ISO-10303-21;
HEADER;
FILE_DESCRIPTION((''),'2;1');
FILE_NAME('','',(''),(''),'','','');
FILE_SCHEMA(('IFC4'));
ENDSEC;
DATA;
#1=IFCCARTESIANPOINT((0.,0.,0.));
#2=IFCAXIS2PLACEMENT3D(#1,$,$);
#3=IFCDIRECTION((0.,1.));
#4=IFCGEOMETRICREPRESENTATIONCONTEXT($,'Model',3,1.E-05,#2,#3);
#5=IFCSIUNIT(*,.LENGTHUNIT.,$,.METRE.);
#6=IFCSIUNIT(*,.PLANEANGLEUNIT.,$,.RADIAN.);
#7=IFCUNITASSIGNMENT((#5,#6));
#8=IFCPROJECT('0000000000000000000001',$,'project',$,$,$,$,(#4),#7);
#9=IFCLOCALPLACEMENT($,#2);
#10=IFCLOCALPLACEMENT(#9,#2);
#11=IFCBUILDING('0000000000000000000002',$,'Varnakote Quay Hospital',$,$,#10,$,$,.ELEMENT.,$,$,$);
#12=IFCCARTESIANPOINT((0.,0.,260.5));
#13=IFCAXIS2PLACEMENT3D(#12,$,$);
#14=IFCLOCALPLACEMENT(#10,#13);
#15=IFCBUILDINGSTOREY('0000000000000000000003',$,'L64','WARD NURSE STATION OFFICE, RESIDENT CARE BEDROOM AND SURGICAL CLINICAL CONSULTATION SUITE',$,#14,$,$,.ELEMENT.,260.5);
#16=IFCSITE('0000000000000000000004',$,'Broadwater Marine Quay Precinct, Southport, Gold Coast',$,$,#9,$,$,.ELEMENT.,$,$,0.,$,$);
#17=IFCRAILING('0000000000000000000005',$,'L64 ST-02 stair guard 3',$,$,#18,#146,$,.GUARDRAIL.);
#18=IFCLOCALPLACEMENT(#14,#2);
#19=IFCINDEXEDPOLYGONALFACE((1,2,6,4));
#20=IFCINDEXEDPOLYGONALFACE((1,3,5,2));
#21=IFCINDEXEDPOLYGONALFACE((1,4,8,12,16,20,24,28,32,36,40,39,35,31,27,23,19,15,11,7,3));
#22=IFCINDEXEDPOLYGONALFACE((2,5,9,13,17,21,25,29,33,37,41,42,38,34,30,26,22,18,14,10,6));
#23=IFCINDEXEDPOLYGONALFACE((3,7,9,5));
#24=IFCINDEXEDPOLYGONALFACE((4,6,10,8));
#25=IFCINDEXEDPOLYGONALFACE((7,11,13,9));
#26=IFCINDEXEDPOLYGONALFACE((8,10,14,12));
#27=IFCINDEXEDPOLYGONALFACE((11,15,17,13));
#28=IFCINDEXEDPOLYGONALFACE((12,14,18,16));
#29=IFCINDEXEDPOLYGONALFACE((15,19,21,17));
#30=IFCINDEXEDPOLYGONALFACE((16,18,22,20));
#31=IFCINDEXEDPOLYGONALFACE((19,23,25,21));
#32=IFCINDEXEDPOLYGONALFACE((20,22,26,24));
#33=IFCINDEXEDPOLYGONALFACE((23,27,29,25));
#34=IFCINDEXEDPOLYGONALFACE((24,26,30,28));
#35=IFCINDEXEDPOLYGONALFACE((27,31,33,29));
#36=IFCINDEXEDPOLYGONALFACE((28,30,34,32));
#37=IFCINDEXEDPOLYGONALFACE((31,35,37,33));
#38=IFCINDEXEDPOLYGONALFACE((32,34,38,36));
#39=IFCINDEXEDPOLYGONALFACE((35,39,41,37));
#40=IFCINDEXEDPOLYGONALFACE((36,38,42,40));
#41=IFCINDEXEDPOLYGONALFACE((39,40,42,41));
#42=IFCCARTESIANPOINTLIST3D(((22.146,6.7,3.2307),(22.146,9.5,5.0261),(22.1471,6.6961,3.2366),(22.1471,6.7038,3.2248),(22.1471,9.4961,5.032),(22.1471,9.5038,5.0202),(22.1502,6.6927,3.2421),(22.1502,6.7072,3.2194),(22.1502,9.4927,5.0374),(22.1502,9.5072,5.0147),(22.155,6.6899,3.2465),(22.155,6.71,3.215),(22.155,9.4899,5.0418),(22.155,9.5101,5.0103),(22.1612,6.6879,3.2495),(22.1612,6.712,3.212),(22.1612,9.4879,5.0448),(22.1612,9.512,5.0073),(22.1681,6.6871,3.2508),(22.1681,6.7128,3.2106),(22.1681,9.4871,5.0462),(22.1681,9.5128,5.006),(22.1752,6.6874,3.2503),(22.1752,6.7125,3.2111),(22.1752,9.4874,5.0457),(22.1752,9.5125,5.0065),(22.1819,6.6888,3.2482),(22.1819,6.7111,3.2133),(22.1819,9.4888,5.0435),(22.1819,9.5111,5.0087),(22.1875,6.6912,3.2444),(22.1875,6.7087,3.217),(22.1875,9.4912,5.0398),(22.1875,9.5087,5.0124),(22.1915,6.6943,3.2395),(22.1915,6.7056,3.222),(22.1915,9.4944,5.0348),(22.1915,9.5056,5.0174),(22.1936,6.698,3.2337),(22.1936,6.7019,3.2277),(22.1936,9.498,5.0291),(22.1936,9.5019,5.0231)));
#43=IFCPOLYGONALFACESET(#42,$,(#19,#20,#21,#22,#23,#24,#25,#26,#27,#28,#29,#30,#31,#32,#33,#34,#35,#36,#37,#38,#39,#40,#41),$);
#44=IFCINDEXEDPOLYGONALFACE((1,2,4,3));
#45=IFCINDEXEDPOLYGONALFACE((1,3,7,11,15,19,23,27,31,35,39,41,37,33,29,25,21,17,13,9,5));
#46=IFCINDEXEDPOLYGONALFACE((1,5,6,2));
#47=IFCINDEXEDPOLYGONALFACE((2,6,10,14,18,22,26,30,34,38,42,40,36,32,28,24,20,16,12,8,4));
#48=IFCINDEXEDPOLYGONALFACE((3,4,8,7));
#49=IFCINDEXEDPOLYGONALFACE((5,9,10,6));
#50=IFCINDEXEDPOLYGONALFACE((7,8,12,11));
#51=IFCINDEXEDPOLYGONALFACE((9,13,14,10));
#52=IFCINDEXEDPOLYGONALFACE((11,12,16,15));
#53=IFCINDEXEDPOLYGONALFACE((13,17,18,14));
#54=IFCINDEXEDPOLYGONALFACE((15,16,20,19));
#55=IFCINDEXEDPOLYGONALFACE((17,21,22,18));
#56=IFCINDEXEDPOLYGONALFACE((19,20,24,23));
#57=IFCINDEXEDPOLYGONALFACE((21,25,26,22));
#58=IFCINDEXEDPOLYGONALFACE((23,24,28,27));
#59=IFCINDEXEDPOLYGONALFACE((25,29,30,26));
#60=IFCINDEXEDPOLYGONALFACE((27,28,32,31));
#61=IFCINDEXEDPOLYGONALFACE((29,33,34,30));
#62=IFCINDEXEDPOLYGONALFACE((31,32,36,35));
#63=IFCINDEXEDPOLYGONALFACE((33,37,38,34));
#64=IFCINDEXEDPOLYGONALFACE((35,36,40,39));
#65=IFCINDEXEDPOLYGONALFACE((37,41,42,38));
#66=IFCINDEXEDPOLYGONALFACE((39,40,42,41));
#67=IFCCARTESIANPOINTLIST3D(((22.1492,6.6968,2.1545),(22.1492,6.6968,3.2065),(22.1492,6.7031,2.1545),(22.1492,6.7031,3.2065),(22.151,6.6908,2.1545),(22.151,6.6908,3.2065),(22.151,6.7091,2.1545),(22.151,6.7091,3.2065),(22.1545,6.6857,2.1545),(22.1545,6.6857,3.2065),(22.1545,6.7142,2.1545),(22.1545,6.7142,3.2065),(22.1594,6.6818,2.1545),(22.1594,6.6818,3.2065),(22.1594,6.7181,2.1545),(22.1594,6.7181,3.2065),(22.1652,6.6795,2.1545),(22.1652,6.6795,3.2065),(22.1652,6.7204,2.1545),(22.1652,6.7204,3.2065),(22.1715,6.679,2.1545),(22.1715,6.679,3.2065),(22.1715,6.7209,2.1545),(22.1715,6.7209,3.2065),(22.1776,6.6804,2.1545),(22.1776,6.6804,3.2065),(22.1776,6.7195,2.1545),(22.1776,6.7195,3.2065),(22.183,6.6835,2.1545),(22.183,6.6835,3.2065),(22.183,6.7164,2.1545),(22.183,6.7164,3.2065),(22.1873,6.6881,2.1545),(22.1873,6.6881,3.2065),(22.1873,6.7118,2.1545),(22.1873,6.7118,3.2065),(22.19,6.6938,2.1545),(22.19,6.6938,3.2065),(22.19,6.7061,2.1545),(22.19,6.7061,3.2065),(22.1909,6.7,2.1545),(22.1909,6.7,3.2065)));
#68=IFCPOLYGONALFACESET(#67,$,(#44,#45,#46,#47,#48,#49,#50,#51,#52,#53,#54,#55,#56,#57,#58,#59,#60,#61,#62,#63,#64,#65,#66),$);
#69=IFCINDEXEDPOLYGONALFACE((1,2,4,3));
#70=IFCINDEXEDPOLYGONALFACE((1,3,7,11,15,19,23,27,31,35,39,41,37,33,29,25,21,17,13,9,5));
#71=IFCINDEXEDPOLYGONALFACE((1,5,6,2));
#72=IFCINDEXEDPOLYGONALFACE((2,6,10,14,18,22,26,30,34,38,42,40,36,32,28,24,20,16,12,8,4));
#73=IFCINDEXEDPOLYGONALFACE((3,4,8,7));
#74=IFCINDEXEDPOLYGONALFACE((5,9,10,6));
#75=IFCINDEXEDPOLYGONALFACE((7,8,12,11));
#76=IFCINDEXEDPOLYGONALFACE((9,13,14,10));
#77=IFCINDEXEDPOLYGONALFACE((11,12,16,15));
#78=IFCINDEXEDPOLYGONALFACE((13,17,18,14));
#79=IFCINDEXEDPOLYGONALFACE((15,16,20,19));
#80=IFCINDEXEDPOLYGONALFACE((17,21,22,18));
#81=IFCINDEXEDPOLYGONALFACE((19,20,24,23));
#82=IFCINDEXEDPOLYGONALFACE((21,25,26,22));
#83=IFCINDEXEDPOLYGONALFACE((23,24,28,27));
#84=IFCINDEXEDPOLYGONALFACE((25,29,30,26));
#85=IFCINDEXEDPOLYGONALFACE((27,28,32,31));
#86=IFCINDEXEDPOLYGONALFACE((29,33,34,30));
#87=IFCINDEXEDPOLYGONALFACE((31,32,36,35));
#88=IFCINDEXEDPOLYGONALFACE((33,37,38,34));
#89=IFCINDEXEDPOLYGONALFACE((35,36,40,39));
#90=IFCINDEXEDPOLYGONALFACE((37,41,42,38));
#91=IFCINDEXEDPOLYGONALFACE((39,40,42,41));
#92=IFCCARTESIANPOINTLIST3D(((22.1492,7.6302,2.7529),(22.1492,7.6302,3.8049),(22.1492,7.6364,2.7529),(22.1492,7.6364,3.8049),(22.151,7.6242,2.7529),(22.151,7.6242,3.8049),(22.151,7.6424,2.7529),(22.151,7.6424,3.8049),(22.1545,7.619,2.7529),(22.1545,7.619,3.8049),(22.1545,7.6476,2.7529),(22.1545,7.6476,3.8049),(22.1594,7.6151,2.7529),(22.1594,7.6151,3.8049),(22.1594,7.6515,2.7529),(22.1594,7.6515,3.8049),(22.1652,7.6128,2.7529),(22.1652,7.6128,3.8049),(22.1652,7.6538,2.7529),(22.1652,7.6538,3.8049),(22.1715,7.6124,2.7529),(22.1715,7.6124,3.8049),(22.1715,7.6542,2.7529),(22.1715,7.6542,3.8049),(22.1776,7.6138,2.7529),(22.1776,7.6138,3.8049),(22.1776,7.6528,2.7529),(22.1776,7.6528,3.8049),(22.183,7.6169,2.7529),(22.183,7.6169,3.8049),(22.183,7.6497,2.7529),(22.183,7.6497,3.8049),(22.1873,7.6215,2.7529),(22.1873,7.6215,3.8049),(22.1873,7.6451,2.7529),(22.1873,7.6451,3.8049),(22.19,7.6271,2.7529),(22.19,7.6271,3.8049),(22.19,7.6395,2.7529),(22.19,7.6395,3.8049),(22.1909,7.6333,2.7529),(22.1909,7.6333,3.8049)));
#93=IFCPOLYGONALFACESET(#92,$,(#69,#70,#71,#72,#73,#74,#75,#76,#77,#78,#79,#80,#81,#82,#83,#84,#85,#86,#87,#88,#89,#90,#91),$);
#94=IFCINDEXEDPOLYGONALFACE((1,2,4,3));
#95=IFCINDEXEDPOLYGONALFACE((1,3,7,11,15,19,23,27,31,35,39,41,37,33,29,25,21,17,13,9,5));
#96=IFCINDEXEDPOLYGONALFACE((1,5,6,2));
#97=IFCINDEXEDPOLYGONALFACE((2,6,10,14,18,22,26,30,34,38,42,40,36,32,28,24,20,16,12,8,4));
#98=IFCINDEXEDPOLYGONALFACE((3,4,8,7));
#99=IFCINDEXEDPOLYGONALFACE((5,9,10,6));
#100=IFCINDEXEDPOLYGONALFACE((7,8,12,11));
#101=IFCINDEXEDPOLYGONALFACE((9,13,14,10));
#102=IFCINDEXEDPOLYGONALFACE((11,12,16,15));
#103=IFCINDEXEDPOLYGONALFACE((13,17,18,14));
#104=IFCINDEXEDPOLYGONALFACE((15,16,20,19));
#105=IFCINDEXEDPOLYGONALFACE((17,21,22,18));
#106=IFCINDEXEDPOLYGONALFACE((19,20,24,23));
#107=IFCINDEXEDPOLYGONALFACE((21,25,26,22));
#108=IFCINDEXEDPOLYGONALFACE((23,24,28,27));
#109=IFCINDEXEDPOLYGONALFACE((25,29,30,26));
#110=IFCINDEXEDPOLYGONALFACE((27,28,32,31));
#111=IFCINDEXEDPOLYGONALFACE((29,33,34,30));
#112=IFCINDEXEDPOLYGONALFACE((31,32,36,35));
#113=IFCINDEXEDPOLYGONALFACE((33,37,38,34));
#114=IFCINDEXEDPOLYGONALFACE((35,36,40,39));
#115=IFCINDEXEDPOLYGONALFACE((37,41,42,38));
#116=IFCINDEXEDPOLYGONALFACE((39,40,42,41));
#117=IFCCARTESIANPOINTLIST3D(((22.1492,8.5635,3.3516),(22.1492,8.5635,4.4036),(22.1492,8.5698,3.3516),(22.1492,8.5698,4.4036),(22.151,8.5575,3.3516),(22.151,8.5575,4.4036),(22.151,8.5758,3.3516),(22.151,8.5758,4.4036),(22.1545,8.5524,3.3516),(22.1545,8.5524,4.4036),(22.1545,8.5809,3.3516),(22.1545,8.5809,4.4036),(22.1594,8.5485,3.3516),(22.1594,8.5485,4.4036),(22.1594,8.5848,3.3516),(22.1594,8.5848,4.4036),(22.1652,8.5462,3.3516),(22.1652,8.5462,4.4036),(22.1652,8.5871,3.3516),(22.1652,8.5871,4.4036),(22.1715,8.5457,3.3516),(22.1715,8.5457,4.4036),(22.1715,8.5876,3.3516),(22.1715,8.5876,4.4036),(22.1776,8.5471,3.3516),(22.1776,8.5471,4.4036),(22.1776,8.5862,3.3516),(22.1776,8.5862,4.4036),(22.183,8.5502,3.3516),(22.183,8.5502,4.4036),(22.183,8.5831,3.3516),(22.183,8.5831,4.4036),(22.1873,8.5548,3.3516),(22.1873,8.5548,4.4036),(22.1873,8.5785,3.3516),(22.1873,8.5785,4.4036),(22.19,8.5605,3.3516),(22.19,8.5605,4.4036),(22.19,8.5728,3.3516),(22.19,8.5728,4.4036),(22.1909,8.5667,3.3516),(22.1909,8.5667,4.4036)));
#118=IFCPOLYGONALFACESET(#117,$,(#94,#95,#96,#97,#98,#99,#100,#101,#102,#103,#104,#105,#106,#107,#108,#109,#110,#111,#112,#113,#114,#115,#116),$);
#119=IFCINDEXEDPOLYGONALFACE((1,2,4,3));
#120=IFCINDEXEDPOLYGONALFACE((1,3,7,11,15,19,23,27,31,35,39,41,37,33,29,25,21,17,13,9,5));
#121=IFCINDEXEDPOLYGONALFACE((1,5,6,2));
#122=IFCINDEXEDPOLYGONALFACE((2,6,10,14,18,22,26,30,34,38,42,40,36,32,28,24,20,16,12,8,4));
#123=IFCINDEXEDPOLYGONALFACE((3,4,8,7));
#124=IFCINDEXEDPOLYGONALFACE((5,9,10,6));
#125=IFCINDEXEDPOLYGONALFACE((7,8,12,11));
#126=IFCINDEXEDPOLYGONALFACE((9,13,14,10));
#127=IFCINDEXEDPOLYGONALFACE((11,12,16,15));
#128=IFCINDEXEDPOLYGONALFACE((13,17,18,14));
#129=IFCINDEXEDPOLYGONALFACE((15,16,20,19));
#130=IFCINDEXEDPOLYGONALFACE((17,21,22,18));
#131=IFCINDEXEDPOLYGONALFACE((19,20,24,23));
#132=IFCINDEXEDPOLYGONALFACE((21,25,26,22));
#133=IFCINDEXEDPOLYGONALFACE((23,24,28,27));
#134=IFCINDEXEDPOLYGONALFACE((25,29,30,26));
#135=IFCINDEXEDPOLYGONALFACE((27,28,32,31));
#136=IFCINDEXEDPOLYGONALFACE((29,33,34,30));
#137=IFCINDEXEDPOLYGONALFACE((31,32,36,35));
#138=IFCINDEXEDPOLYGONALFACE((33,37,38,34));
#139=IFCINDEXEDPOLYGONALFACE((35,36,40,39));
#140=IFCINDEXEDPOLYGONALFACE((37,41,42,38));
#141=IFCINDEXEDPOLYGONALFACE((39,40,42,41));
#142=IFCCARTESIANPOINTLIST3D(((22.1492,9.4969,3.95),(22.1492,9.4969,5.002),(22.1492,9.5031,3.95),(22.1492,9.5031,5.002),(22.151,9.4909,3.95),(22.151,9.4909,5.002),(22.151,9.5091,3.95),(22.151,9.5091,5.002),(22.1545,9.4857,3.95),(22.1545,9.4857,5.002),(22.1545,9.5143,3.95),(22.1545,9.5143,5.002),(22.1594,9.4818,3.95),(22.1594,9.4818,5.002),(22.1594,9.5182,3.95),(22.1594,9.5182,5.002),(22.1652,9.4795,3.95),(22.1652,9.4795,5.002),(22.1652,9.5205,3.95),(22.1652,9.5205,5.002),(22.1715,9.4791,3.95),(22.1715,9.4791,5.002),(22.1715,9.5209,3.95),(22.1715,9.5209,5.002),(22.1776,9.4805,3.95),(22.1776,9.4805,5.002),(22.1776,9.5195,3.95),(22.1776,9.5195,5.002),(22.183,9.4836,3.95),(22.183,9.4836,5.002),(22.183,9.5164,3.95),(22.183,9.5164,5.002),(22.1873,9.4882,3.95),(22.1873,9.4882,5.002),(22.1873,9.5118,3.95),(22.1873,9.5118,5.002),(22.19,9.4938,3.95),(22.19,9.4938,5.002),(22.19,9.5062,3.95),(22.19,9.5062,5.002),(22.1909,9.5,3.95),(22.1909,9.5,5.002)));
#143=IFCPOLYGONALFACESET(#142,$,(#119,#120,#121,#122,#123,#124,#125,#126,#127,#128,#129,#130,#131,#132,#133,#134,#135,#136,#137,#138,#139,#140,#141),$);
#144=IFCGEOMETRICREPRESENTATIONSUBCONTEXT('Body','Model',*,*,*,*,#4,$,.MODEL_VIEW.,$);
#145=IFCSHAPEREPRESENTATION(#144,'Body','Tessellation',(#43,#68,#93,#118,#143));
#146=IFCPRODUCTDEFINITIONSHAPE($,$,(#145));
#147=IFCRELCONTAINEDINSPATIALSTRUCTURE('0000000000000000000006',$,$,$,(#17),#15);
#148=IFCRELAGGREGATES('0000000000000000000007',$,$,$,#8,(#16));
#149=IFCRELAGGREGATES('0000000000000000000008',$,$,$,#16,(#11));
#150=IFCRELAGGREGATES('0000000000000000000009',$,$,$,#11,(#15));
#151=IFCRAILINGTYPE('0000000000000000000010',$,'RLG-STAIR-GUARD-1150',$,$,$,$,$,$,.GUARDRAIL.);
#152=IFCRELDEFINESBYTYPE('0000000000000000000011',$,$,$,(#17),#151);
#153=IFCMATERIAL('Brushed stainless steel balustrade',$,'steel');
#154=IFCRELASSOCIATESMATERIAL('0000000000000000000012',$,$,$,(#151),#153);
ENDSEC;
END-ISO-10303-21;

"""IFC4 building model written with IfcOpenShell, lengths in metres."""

from ifc_helpers import new_model, si_unit, direction, frame, origin, origin_2d, place, context, subcontext, project, spatial, circle, extrude, material, type_object, element, save


model = new_model("IFC4")

# Units and contexts
model_context = context("Model", 3, precision=1e-05, world=origin(), true_north=direction((0.0, 1.0)))
body_context = subcontext(model_context, "Body", "Model", "MODEL_VIEW")
ifc_project = project(units=[si_unit("LENGTHUNIT", "METRE"), si_unit("PLANEANGLEUNIT", "RADIAN")], contexts=[model_context])

# Site, building, storey
site_placement = place(None, origin())
site = spatial("IfcSite", under=ifc_project, at=site_placement, Name="Broadwater Marine Quay Precinct, Southport, Gold Coast", CompositionType="ELEMENT", RefElevation=0.0)
building_placement = place(site_placement, origin())
building = spatial("IfcBuilding", under=site, at=building_placement, Name="Varnakote Quay Hospital", CompositionType="ELEMENT")
storey_placement = place(building_placement, frame((0.0, 0.0, 260.5)))
storey = spatial("IfcBuildingStorey", under=building, at=storey_placement, Name="L64", Description="WARD NURSE STATION OFFICE, RESIDENT CARE BEDROOM AND SURGICAL CLINICAL CONSULTATION SUITE", CompositionType="ELEMENT", Elevation=260.5)

# Railing
ifc_material_1 = material(Name="Brushed stainless steel balustrade", Category="steel")
railing_type_1 = type_object("IfcRailingType", Name="RLG-STAIR-GUARD-1150", PredefinedType="GUARDRAIL", material=ifc_material_1)
railing_1_placement = place(storey_placement, frame((22.1699, 6.7, 2.1545)))
element("IfcRailing", 1, at=railing_1_placement, inside=storey, type_object=railing_type_1, Name="L64 ST-02 stair guard 3", PredefinedType="GUARDRAIL", context=body_context, shape_type="SweptSolid", body=[
    extrude(circle(Radius=0.0239, at=origin_2d()), frame((0.0, 0.0, 1.0762), z_axis=(0.0, 0.84181, 0.539774), x_axis=(-1.0, 0.0, 0.0)), (0.0, 0.0, 1.0), 3.3262),
    extrude(circle(Radius=0.021, at=origin_2d()), origin(), (0.0, 0.0, 1.0), 1.052),
    extrude(circle(Radius=0.021, at=origin_2d()), frame((0.0, 0.9333, 0.5984)), (0.0, 0.0, 1.0), 1.052),
    extrude(circle(Radius=0.021, at=origin_2d()), frame((0.0, 1.8667, 1.197)), (0.0, 0.0, 1.0), 1.052),
    extrude(circle(Radius=0.021, at=origin_2d()), frame((0.0, 2.8, 1.7954)), (0.0, 0.0, 1.0), 1.052),
])

save(model, "model.ifc")
